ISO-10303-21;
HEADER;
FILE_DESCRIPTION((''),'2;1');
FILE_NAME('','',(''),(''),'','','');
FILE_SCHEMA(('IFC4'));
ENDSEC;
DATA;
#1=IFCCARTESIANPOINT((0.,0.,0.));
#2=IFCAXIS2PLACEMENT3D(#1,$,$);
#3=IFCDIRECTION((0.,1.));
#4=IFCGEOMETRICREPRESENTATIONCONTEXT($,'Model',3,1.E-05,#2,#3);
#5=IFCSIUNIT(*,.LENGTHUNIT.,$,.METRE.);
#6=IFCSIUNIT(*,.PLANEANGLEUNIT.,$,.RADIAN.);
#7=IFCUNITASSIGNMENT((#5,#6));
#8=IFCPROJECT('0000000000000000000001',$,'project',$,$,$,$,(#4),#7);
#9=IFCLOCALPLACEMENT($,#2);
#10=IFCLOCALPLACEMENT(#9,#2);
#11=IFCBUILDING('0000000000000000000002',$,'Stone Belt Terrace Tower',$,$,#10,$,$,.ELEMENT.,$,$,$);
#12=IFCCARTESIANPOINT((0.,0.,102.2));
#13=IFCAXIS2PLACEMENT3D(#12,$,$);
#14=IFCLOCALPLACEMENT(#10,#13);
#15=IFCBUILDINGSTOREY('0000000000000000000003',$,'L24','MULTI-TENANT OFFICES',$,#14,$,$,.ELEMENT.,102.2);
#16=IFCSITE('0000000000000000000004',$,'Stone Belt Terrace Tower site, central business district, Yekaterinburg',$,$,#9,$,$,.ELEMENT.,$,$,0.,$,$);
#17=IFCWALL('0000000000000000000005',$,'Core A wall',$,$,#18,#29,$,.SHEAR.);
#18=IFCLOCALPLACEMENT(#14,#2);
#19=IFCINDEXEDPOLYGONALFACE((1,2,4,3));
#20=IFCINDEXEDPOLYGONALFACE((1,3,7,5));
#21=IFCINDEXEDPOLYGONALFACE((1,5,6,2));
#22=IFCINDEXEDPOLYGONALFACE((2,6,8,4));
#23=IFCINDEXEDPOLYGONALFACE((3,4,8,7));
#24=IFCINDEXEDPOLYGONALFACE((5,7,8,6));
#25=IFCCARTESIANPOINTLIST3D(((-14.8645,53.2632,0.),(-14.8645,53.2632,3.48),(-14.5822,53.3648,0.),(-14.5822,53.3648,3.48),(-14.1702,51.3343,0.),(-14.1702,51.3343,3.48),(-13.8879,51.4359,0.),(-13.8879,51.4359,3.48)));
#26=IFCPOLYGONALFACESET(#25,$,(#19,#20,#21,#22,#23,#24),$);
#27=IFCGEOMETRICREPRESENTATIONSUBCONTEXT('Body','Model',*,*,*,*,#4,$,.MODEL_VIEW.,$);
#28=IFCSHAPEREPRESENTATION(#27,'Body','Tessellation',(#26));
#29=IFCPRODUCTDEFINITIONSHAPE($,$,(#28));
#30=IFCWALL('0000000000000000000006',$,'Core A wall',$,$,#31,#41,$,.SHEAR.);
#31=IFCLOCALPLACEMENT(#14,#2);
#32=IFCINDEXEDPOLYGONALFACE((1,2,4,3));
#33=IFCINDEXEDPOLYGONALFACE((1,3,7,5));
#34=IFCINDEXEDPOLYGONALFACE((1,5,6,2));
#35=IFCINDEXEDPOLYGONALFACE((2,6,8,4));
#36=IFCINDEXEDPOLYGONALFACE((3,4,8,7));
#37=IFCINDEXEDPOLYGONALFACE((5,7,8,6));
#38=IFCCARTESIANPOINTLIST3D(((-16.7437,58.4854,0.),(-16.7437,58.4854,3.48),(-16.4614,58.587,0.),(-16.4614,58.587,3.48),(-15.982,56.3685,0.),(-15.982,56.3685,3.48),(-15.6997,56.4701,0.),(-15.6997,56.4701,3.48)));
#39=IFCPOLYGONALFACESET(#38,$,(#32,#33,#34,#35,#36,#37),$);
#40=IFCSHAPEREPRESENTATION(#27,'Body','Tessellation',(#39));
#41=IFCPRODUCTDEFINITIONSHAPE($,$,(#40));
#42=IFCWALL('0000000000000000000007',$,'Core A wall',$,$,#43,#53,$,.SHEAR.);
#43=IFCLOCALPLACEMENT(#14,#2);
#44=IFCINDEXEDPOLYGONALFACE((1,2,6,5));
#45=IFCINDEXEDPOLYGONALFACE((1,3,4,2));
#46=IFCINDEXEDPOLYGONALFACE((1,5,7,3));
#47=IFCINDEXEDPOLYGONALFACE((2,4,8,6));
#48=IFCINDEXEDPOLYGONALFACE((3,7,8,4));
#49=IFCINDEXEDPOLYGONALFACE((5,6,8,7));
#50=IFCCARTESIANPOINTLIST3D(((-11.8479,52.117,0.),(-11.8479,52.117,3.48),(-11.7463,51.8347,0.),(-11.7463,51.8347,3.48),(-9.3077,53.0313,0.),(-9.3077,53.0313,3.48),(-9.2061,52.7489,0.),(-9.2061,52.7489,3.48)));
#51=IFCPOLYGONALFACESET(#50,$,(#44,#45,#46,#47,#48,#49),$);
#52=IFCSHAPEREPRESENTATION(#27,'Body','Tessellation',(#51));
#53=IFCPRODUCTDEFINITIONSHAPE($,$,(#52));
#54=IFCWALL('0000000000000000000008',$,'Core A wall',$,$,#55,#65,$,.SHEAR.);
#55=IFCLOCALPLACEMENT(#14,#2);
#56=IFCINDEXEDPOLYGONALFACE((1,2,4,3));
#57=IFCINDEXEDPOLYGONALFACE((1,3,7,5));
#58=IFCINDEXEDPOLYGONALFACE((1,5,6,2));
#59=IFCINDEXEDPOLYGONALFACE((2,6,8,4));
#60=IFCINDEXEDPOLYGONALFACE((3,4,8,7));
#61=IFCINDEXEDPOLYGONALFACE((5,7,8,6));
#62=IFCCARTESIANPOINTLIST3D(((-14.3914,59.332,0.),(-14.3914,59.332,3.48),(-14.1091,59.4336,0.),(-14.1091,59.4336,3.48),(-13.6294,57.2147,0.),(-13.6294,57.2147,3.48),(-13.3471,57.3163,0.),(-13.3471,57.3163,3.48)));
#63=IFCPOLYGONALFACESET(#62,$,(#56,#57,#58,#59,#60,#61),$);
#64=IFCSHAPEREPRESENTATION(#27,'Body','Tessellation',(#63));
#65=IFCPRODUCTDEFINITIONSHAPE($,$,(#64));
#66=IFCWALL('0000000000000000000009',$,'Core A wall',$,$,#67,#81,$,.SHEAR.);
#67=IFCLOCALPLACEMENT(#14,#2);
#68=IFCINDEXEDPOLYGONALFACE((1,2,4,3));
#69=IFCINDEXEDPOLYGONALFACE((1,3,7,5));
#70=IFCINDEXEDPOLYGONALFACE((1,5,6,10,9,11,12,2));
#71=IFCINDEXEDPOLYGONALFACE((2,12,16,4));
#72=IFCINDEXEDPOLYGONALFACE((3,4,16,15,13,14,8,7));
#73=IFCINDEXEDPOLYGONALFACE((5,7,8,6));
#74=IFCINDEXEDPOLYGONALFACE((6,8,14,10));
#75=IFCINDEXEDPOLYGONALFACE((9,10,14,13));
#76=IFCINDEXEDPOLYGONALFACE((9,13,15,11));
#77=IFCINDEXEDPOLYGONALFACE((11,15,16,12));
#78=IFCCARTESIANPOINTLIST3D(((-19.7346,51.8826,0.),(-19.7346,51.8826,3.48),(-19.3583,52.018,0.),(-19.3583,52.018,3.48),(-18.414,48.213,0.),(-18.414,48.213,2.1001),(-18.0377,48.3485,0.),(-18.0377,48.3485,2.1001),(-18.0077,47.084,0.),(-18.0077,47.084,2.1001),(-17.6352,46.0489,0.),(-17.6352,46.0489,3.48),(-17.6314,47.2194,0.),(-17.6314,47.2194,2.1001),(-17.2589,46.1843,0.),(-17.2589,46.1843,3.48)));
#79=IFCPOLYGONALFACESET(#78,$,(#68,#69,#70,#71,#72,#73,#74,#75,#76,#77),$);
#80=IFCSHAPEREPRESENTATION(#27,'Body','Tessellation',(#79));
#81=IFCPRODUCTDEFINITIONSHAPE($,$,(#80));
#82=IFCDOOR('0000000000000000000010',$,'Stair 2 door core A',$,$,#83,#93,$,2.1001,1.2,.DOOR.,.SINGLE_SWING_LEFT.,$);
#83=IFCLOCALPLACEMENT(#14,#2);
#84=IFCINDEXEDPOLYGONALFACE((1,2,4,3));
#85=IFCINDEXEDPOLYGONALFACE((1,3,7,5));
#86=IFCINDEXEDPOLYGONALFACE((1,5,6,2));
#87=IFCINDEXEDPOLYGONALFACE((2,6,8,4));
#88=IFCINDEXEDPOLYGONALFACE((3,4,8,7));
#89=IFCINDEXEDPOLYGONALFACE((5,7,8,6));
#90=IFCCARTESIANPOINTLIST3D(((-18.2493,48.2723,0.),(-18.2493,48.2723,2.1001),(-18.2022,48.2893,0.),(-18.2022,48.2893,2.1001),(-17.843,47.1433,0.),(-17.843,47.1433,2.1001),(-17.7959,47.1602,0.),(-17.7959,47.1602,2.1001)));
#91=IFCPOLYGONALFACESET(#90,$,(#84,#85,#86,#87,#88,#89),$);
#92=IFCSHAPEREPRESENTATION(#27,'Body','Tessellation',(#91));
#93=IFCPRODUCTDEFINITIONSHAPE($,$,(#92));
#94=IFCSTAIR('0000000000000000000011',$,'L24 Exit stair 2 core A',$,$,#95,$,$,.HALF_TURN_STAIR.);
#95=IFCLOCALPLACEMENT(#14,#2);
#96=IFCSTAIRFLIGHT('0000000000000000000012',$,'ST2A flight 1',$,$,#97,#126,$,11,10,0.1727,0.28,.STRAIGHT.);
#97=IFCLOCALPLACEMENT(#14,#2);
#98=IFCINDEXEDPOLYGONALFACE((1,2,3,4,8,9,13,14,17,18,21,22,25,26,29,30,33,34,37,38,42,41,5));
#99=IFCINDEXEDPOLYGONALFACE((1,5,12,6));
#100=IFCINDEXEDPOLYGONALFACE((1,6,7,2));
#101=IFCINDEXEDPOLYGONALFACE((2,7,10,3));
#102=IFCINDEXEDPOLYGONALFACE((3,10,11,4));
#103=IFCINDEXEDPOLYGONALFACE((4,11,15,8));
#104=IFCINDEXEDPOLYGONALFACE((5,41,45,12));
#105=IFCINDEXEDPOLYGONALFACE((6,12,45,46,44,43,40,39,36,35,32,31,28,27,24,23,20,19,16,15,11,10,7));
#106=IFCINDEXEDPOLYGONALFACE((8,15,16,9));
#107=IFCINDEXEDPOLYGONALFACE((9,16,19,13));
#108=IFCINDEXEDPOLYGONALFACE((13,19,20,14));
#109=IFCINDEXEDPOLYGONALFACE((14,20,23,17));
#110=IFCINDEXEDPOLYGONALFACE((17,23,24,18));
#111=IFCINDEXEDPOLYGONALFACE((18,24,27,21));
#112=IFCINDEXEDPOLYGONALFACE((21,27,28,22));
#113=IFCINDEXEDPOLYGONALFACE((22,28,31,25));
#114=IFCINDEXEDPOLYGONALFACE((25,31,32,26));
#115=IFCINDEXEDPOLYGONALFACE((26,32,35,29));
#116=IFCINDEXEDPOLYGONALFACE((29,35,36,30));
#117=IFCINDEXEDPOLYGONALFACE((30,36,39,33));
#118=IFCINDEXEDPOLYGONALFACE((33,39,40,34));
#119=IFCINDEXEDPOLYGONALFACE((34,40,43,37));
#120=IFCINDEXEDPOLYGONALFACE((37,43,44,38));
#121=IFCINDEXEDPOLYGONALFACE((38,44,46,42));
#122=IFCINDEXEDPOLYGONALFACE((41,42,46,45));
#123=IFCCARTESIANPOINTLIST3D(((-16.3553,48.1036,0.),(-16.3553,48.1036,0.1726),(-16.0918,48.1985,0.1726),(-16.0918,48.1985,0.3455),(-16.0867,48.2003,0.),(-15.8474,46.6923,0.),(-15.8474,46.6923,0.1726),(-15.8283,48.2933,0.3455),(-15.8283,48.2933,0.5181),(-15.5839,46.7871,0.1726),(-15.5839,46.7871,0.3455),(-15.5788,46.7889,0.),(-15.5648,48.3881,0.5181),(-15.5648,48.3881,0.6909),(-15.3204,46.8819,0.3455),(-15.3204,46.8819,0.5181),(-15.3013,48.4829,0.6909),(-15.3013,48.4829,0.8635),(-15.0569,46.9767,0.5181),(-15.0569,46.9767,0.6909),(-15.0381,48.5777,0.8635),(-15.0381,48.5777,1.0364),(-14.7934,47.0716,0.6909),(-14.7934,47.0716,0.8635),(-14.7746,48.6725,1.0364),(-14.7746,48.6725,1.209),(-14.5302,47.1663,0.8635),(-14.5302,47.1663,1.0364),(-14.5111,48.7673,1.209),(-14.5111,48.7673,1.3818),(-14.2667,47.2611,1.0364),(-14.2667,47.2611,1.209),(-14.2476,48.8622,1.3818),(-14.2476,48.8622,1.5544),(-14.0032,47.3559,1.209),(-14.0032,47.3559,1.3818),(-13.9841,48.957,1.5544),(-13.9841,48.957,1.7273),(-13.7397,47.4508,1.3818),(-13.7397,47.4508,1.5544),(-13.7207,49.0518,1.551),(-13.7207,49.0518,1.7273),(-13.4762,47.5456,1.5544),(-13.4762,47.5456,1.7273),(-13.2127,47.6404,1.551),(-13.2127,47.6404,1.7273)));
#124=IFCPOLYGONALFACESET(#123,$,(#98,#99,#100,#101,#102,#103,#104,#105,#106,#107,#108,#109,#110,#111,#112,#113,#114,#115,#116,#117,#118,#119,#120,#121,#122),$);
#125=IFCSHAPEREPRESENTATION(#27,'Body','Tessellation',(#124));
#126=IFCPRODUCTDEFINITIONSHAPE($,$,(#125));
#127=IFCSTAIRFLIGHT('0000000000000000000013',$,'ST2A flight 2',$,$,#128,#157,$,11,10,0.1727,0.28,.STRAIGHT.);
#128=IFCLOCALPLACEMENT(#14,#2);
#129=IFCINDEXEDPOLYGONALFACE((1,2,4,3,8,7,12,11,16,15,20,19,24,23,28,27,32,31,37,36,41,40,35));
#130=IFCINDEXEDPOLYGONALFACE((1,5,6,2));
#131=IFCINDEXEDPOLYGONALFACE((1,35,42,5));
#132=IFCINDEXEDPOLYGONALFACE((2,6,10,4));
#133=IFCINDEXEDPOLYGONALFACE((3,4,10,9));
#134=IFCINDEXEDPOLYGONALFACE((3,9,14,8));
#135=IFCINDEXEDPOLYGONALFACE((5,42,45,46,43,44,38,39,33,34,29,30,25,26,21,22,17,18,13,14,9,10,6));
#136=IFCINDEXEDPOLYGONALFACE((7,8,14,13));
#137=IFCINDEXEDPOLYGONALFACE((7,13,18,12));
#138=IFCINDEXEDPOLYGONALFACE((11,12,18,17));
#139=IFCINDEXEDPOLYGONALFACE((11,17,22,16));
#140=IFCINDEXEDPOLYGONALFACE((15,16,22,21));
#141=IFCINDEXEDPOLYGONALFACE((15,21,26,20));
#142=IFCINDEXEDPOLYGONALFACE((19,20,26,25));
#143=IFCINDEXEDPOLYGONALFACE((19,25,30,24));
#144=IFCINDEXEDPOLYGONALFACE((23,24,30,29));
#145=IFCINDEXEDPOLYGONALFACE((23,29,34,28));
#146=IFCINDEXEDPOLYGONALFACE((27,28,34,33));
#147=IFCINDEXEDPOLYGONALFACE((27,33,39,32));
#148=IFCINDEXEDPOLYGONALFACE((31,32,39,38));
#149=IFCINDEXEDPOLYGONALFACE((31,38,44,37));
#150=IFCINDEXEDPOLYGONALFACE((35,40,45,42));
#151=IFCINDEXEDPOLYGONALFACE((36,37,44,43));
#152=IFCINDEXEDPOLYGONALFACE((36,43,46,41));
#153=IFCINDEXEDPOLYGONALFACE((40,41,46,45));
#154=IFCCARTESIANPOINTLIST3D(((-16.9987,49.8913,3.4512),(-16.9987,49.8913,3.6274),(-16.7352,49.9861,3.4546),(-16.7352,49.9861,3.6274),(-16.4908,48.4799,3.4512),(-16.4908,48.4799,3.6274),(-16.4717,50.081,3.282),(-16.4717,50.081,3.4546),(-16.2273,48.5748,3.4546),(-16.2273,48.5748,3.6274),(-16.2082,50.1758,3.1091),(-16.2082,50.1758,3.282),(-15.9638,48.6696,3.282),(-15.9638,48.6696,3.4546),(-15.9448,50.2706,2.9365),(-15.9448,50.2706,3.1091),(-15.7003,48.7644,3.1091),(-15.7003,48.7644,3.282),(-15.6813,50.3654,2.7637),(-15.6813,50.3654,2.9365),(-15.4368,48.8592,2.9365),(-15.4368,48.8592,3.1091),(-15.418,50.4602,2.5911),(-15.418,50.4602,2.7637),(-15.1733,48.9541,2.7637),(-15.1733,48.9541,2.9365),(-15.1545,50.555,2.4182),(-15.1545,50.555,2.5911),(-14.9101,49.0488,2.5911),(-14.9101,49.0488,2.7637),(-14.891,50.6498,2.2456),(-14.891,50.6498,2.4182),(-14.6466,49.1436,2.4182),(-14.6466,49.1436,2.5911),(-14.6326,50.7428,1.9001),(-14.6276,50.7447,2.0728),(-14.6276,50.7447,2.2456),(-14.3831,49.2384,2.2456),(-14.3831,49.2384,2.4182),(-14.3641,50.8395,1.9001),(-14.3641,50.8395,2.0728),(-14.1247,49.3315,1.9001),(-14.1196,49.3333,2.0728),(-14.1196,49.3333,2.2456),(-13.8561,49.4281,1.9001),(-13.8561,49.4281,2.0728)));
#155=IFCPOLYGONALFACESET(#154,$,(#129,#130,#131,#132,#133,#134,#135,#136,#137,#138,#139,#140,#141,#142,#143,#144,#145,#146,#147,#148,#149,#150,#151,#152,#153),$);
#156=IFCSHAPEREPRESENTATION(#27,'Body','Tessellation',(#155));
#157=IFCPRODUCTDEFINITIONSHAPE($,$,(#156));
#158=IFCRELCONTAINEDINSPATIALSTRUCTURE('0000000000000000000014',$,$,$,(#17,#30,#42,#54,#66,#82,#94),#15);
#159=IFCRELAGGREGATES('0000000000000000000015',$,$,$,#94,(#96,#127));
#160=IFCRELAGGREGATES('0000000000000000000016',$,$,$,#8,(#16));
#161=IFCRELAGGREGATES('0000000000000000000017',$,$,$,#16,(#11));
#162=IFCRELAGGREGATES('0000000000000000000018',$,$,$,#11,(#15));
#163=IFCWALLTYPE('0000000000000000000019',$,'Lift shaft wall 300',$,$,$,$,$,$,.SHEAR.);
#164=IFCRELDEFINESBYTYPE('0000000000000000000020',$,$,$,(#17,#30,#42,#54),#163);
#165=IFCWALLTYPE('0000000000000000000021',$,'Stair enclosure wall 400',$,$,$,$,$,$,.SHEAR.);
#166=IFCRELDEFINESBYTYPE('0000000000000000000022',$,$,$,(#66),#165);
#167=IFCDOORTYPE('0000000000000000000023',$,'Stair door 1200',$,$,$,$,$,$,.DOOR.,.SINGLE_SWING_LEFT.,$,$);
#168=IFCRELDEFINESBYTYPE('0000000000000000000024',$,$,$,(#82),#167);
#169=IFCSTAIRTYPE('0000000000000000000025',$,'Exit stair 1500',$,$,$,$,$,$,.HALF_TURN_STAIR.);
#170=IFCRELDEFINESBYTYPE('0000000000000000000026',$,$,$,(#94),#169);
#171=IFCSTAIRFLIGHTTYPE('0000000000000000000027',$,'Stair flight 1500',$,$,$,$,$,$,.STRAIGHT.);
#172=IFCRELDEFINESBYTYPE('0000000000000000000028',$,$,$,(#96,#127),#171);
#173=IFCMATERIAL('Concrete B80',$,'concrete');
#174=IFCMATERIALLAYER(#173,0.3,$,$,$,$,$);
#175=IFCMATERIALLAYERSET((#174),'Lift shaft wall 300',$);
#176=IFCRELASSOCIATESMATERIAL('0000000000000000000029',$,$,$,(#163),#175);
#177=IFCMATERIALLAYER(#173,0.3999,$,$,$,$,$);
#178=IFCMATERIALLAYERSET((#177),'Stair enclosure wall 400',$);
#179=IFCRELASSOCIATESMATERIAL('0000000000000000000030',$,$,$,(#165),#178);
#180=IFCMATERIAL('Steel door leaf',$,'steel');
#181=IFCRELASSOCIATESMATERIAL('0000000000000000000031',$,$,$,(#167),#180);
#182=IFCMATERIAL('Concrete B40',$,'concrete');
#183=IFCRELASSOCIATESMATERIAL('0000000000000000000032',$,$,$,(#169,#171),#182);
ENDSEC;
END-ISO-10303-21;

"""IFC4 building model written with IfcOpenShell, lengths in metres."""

from ifc_helpers import new_model, si_unit, direction, frame, frame_2d, origin, place, context, subcontext, project, spatial, polyline, rectangle, outline, extrude, material, layer, layer_set, type_object, element, fill, aggregate, save


model = new_model("IFC4")

# Units and contexts
model_context = context("Model", 3, precision=1e-05, world=origin(), true_north=direction((0.0, 1.0)))
body_context = subcontext(model_context, "Body", "Model", "MODEL_VIEW")
ifc_project = project(units=[si_unit("LENGTHUNIT", "METRE"), si_unit("PLANEANGLEUNIT", "RADIAN")], contexts=[model_context])

# Site, building, storey
site_placement = place(None, origin())
site = spatial("IfcSite", under=ifc_project, at=site_placement, Name="Stone Belt Terrace Tower site, central business district, Yekaterinburg", CompositionType="ELEMENT", RefElevation=0.0)
building_placement = place(site_placement, origin())
building = spatial("IfcBuilding", under=site, at=building_placement, Name="Stone Belt Terrace Tower", CompositionType="ELEMENT")
storey_placement = place(building_placement, frame((0.0, 0.0, 102.2)))
storey = spatial("IfcBuildingStorey", under=building, at=storey_placement, Name="L24", Description="MULTI-TENANT OFFICES", CompositionType="ELEMENT", Elevation=102.2)

# Shared definitions
ifc_material_1 = material(Name="Concrete B80", Category="concrete")

# Walls
ifc_layer_1 = layer(ifc_material_1, 0.3)
ifc_layer_set_1 = layer_set([ifc_layer_1], Name="Lift shaft wall 300")
wall_type_1 = type_object("IfcWallType", Name="Lift shaft wall 300", PredefinedType="SHEAR", material=ifc_layer_set_1)
wall_1_placement = place(storey_placement, frame((-14.0291, 51.3853, 0.0), z_axis=(0.0, 0.0, 1.0), x_axis=(-0.338682, 0.940901, 0.0)))
element("IfcWall", 1, at=wall_1_placement, inside=storey, type_object=wall_type_1, Name="Core A wall", PredefinedType="SHEAR", context=body_context, shape_type="SweptSolid", body=[
    extrude(rectangle(XDim=2.05, YDim=0.3, at=frame_2d((1.0249, 0.0))), origin(), (0.0, 0.0, 1.0), 3.48),
])
wall_2_placement = place(storey_placement, frame((-15.8408, 56.4192, 0.0), z_axis=(0.0, 0.0, 1.0), x_axis=(-0.33857, 0.940941, 0.0)))
element("IfcWall", 2, at=wall_2_placement, inside=storey, type_object=wall_type_1, Name="Core A wall", PredefinedType="SHEAR", context=body_context, shape_type="SweptSolid", body=[
    extrude(rectangle(XDim=2.2498, YDim=0.3, at=frame_2d((1.125, 0.0))), origin(), (0.0, 0.0, 1.0), 3.48),
])
wall_3_placement = place(storey_placement, frame((-11.7971, 51.9758, 0.0), z_axis=(0.0, 0.0, 1.0), x_axis=(0.94091, 0.338655, 0.0)))
element("IfcWall", 3, at=wall_3_placement, inside=storey, type_object=wall_type_1, Name="Core A wall", PredefinedType="SHEAR", context=body_context, shape_type="SweptSolid", body=[
    extrude(rectangle(XDim=2.6997, YDim=0.3, at=frame_2d((1.3499, 0.0))), origin(), (0.0, 0.0, 1.0), 3.48),
])
wall_4_placement = place(storey_placement, frame((-13.4883, 57.2656, 0.0), z_axis=(0.0, 0.0, 1.0), x_axis=(-0.338631, 0.940919, 0.0)))
element("IfcWall", 4, at=wall_4_placement, inside=storey, type_object=wall_type_1, Name="Core A wall", PredefinedType="SHEAR", context=body_context, shape_type="SweptSolid", body=[
    extrude(rectangle(XDim=2.2502, YDim=0.3, at=frame_2d((1.125, 0.0))), origin(), (0.0, 0.0, 1.0), 3.48),
])

# Wall, opening, door
ifc_layer_2 = layer(ifc_material_1, 0.3999)
ifc_layer_set_2 = layer_set([ifc_layer_2], Name="Stair enclosure wall 400")
wall_type_2 = type_object("IfcWallType", Name="Stair enclosure wall 400", PredefinedType="SHEAR", material=ifc_layer_set_2)
wall_5_placement = place(storey_placement, frame((-17.447, 46.1165, 0.0), z_axis=(0.0, 0.0, 1.0), x_axis=(-0.338608, 0.940928, 0.0)))
wall_5 = element("IfcWall", 5, at=wall_5_placement, inside=storey, type_object=wall_type_2, Name="Core A wall", PredefinedType="SHEAR", context=body_context, shape_type="SweptSolid", body=[
    extrude(rectangle(XDim=6.2, YDim=0.3999, at=frame_2d((3.1001, 0.0))), origin(), (0.0, 0.0, 1.0), 3.48),
])
opening_1_placement = place(wall_5_placement, frame((1.1001, 0.0, 0.0)))
opening_1 = element("IfcOpeningElement", 6, at=opening_1_placement, cuts=wall_5, PredefinedType="OPENING", context=body_context, shape_type="SweptSolid", body=[
    extrude(rectangle(XDim=1.2, YDim=2.1001, at=frame_2d((0.6001, 1.05))), frame((0.0, 0.21, 0.0), z_axis=(0.0, -1.0, 0.0), x_axis=(1.0, 0.0, 0.0)), (0.0, 0.0, 1.0), 0.4199),
])
ifc_material_2 = material(Name="Steel door leaf", Category="steel")
door_type_1 = type_object("IfcDoorType", Name="Stair door 1200", OperationType="SINGLE_SWING_LEFT", PredefinedType="DOOR", material=ifc_material_2)
door_1_placement = place(opening_1_placement, origin())
door_1 = element("IfcDoor", 7, at=door_1_placement, inside=storey, type_object=door_type_1, Name="Stair 2 door core A", OperationType="SINGLE_SWING_LEFT", OverallHeight=2.1001, OverallWidth=1.2, PredefinedType="DOOR", context=body_context, shape_type="SweptSolid", body=[
    extrude(rectangle(XDim=1.2, YDim=2.1001, at=frame_2d((0.6001, 1.05))), frame((0.0, 0.0249, 0.0), z_axis=(0.0, -1.0, 0.0), x_axis=(1.0, 0.0, 0.0)), (0.0, 0.0, 1.0), 0.05),
])
fill(opening_1, door_1)

# Stair, stair flights
ifc_material_3 = material(Name="Concrete B40", Category="concrete")
stair_type = type_object("IfcStairType", Name="Exit stair 1500", PredefinedType="HALF_TURN_STAIR", material=ifc_material_3)
stair_placement = place(storey_placement, origin())
stair = element("IfcStair", 8, at=stair_placement, inside=storey, type_object=stair_type, Name="L24 Exit stair 2 core A", PredefinedType="HALF_TURN_STAIR")
stair_flight_type = type_object("IfcStairFlightType", Name="Stair flight 1500", PredefinedType="STRAIGHT", material=ifc_material_3)
stair_flight_1_placement = place(storey_placement, frame((-16.1013, 47.3979, 0.0), z_axis=(0.0, 0.0, 1.0), x_axis=(0.940922, 0.338624, 0.0)))
stair_flight_1 = element("IfcStairFlight", 9, at=stair_flight_1_placement, type_object=stair_flight_type, Name="ST2A flight 1", NumberOfRisers=11, NumberOfTreads=10, PredefinedType="STRAIGHT", RiserHeight=0.1727, TreadLength=0.28, context=body_context, shape_type="SweptSolid", body=[
    extrude(outline(polyline([(0.0, 0.0), (0.0, 0.1726), (0.28, 0.1726), (0.28, 0.3455), (0.5601, 0.3455), (0.5601, 0.5181), (0.8401, 0.5181), (0.8401, 0.6909), (1.1201, 0.6909), (1.1201, 0.8635), (1.3999, 0.8635), (1.3999, 1.0364), (1.6799, 1.0364), (1.6799, 1.209), (1.96, 1.209), (1.96, 1.3818), (2.24, 1.3818), (2.24, 1.5544), (2.52, 1.5544), (2.52, 1.7273), (2.8, 1.7273), (2.8, 1.8999), (2.8, 1.551), (0.2854, 0.0), (0.0, 0.0)])), frame((0.0, 0.75, 0.0), z_axis=(0.0, -1.0, 0.0), x_axis=(1.0, 0.0, 0.0)), (0.0, 0.0, 1.0), 1.5),
])
stair_flight_2_placement = place(storey_placement, frame((-14.1101, 50.1338, 1.9001), z_axis=(0.0, 0.0, 1.0), x_axis=(-0.940922, -0.338624, 0.0)))
stair_flight_2 = element("IfcStairFlight", 10, at=stair_flight_2_placement, type_object=stair_flight_type, Name="ST2A flight 2", NumberOfRisers=11, NumberOfTreads=10, PredefinedType="STRAIGHT", RiserHeight=0.1727, TreadLength=0.28, context=body_context, shape_type="SweptSolid", body=[
    extrude(outline(polyline([(0.0, 0.0), (0.0, 0.1726), (0.28, 0.1726), (0.28, 0.3455), (0.5601, 0.3455), (0.5601, 0.5181), (0.8401, 0.5181), (0.8401, 0.6909), (1.1201, 0.6909), (1.1201, 0.8635), (1.3999, 0.8635), (1.3999, 1.0364), (1.6799, 1.0364), (1.6799, 1.209), (1.96, 1.209), (1.96, 1.3818), (2.24, 1.3818), (2.24, 1.5544), (2.52, 1.5544), (2.52, 1.7273), (2.8, 1.7273), (2.8, 1.8999), (2.8, 1.551), (0.2854, 0.0), (0.0, 0.0)])), frame((0.0, 0.75, 0.0), z_axis=(0.0, -1.0, 0.0), x_axis=(1.0, 0.0, 0.0)), (0.0, 0.0, 1.0), 1.5),
])
aggregate(stair, [stair_flight_1, stair_flight_2])

save(model, "model.ifc")
